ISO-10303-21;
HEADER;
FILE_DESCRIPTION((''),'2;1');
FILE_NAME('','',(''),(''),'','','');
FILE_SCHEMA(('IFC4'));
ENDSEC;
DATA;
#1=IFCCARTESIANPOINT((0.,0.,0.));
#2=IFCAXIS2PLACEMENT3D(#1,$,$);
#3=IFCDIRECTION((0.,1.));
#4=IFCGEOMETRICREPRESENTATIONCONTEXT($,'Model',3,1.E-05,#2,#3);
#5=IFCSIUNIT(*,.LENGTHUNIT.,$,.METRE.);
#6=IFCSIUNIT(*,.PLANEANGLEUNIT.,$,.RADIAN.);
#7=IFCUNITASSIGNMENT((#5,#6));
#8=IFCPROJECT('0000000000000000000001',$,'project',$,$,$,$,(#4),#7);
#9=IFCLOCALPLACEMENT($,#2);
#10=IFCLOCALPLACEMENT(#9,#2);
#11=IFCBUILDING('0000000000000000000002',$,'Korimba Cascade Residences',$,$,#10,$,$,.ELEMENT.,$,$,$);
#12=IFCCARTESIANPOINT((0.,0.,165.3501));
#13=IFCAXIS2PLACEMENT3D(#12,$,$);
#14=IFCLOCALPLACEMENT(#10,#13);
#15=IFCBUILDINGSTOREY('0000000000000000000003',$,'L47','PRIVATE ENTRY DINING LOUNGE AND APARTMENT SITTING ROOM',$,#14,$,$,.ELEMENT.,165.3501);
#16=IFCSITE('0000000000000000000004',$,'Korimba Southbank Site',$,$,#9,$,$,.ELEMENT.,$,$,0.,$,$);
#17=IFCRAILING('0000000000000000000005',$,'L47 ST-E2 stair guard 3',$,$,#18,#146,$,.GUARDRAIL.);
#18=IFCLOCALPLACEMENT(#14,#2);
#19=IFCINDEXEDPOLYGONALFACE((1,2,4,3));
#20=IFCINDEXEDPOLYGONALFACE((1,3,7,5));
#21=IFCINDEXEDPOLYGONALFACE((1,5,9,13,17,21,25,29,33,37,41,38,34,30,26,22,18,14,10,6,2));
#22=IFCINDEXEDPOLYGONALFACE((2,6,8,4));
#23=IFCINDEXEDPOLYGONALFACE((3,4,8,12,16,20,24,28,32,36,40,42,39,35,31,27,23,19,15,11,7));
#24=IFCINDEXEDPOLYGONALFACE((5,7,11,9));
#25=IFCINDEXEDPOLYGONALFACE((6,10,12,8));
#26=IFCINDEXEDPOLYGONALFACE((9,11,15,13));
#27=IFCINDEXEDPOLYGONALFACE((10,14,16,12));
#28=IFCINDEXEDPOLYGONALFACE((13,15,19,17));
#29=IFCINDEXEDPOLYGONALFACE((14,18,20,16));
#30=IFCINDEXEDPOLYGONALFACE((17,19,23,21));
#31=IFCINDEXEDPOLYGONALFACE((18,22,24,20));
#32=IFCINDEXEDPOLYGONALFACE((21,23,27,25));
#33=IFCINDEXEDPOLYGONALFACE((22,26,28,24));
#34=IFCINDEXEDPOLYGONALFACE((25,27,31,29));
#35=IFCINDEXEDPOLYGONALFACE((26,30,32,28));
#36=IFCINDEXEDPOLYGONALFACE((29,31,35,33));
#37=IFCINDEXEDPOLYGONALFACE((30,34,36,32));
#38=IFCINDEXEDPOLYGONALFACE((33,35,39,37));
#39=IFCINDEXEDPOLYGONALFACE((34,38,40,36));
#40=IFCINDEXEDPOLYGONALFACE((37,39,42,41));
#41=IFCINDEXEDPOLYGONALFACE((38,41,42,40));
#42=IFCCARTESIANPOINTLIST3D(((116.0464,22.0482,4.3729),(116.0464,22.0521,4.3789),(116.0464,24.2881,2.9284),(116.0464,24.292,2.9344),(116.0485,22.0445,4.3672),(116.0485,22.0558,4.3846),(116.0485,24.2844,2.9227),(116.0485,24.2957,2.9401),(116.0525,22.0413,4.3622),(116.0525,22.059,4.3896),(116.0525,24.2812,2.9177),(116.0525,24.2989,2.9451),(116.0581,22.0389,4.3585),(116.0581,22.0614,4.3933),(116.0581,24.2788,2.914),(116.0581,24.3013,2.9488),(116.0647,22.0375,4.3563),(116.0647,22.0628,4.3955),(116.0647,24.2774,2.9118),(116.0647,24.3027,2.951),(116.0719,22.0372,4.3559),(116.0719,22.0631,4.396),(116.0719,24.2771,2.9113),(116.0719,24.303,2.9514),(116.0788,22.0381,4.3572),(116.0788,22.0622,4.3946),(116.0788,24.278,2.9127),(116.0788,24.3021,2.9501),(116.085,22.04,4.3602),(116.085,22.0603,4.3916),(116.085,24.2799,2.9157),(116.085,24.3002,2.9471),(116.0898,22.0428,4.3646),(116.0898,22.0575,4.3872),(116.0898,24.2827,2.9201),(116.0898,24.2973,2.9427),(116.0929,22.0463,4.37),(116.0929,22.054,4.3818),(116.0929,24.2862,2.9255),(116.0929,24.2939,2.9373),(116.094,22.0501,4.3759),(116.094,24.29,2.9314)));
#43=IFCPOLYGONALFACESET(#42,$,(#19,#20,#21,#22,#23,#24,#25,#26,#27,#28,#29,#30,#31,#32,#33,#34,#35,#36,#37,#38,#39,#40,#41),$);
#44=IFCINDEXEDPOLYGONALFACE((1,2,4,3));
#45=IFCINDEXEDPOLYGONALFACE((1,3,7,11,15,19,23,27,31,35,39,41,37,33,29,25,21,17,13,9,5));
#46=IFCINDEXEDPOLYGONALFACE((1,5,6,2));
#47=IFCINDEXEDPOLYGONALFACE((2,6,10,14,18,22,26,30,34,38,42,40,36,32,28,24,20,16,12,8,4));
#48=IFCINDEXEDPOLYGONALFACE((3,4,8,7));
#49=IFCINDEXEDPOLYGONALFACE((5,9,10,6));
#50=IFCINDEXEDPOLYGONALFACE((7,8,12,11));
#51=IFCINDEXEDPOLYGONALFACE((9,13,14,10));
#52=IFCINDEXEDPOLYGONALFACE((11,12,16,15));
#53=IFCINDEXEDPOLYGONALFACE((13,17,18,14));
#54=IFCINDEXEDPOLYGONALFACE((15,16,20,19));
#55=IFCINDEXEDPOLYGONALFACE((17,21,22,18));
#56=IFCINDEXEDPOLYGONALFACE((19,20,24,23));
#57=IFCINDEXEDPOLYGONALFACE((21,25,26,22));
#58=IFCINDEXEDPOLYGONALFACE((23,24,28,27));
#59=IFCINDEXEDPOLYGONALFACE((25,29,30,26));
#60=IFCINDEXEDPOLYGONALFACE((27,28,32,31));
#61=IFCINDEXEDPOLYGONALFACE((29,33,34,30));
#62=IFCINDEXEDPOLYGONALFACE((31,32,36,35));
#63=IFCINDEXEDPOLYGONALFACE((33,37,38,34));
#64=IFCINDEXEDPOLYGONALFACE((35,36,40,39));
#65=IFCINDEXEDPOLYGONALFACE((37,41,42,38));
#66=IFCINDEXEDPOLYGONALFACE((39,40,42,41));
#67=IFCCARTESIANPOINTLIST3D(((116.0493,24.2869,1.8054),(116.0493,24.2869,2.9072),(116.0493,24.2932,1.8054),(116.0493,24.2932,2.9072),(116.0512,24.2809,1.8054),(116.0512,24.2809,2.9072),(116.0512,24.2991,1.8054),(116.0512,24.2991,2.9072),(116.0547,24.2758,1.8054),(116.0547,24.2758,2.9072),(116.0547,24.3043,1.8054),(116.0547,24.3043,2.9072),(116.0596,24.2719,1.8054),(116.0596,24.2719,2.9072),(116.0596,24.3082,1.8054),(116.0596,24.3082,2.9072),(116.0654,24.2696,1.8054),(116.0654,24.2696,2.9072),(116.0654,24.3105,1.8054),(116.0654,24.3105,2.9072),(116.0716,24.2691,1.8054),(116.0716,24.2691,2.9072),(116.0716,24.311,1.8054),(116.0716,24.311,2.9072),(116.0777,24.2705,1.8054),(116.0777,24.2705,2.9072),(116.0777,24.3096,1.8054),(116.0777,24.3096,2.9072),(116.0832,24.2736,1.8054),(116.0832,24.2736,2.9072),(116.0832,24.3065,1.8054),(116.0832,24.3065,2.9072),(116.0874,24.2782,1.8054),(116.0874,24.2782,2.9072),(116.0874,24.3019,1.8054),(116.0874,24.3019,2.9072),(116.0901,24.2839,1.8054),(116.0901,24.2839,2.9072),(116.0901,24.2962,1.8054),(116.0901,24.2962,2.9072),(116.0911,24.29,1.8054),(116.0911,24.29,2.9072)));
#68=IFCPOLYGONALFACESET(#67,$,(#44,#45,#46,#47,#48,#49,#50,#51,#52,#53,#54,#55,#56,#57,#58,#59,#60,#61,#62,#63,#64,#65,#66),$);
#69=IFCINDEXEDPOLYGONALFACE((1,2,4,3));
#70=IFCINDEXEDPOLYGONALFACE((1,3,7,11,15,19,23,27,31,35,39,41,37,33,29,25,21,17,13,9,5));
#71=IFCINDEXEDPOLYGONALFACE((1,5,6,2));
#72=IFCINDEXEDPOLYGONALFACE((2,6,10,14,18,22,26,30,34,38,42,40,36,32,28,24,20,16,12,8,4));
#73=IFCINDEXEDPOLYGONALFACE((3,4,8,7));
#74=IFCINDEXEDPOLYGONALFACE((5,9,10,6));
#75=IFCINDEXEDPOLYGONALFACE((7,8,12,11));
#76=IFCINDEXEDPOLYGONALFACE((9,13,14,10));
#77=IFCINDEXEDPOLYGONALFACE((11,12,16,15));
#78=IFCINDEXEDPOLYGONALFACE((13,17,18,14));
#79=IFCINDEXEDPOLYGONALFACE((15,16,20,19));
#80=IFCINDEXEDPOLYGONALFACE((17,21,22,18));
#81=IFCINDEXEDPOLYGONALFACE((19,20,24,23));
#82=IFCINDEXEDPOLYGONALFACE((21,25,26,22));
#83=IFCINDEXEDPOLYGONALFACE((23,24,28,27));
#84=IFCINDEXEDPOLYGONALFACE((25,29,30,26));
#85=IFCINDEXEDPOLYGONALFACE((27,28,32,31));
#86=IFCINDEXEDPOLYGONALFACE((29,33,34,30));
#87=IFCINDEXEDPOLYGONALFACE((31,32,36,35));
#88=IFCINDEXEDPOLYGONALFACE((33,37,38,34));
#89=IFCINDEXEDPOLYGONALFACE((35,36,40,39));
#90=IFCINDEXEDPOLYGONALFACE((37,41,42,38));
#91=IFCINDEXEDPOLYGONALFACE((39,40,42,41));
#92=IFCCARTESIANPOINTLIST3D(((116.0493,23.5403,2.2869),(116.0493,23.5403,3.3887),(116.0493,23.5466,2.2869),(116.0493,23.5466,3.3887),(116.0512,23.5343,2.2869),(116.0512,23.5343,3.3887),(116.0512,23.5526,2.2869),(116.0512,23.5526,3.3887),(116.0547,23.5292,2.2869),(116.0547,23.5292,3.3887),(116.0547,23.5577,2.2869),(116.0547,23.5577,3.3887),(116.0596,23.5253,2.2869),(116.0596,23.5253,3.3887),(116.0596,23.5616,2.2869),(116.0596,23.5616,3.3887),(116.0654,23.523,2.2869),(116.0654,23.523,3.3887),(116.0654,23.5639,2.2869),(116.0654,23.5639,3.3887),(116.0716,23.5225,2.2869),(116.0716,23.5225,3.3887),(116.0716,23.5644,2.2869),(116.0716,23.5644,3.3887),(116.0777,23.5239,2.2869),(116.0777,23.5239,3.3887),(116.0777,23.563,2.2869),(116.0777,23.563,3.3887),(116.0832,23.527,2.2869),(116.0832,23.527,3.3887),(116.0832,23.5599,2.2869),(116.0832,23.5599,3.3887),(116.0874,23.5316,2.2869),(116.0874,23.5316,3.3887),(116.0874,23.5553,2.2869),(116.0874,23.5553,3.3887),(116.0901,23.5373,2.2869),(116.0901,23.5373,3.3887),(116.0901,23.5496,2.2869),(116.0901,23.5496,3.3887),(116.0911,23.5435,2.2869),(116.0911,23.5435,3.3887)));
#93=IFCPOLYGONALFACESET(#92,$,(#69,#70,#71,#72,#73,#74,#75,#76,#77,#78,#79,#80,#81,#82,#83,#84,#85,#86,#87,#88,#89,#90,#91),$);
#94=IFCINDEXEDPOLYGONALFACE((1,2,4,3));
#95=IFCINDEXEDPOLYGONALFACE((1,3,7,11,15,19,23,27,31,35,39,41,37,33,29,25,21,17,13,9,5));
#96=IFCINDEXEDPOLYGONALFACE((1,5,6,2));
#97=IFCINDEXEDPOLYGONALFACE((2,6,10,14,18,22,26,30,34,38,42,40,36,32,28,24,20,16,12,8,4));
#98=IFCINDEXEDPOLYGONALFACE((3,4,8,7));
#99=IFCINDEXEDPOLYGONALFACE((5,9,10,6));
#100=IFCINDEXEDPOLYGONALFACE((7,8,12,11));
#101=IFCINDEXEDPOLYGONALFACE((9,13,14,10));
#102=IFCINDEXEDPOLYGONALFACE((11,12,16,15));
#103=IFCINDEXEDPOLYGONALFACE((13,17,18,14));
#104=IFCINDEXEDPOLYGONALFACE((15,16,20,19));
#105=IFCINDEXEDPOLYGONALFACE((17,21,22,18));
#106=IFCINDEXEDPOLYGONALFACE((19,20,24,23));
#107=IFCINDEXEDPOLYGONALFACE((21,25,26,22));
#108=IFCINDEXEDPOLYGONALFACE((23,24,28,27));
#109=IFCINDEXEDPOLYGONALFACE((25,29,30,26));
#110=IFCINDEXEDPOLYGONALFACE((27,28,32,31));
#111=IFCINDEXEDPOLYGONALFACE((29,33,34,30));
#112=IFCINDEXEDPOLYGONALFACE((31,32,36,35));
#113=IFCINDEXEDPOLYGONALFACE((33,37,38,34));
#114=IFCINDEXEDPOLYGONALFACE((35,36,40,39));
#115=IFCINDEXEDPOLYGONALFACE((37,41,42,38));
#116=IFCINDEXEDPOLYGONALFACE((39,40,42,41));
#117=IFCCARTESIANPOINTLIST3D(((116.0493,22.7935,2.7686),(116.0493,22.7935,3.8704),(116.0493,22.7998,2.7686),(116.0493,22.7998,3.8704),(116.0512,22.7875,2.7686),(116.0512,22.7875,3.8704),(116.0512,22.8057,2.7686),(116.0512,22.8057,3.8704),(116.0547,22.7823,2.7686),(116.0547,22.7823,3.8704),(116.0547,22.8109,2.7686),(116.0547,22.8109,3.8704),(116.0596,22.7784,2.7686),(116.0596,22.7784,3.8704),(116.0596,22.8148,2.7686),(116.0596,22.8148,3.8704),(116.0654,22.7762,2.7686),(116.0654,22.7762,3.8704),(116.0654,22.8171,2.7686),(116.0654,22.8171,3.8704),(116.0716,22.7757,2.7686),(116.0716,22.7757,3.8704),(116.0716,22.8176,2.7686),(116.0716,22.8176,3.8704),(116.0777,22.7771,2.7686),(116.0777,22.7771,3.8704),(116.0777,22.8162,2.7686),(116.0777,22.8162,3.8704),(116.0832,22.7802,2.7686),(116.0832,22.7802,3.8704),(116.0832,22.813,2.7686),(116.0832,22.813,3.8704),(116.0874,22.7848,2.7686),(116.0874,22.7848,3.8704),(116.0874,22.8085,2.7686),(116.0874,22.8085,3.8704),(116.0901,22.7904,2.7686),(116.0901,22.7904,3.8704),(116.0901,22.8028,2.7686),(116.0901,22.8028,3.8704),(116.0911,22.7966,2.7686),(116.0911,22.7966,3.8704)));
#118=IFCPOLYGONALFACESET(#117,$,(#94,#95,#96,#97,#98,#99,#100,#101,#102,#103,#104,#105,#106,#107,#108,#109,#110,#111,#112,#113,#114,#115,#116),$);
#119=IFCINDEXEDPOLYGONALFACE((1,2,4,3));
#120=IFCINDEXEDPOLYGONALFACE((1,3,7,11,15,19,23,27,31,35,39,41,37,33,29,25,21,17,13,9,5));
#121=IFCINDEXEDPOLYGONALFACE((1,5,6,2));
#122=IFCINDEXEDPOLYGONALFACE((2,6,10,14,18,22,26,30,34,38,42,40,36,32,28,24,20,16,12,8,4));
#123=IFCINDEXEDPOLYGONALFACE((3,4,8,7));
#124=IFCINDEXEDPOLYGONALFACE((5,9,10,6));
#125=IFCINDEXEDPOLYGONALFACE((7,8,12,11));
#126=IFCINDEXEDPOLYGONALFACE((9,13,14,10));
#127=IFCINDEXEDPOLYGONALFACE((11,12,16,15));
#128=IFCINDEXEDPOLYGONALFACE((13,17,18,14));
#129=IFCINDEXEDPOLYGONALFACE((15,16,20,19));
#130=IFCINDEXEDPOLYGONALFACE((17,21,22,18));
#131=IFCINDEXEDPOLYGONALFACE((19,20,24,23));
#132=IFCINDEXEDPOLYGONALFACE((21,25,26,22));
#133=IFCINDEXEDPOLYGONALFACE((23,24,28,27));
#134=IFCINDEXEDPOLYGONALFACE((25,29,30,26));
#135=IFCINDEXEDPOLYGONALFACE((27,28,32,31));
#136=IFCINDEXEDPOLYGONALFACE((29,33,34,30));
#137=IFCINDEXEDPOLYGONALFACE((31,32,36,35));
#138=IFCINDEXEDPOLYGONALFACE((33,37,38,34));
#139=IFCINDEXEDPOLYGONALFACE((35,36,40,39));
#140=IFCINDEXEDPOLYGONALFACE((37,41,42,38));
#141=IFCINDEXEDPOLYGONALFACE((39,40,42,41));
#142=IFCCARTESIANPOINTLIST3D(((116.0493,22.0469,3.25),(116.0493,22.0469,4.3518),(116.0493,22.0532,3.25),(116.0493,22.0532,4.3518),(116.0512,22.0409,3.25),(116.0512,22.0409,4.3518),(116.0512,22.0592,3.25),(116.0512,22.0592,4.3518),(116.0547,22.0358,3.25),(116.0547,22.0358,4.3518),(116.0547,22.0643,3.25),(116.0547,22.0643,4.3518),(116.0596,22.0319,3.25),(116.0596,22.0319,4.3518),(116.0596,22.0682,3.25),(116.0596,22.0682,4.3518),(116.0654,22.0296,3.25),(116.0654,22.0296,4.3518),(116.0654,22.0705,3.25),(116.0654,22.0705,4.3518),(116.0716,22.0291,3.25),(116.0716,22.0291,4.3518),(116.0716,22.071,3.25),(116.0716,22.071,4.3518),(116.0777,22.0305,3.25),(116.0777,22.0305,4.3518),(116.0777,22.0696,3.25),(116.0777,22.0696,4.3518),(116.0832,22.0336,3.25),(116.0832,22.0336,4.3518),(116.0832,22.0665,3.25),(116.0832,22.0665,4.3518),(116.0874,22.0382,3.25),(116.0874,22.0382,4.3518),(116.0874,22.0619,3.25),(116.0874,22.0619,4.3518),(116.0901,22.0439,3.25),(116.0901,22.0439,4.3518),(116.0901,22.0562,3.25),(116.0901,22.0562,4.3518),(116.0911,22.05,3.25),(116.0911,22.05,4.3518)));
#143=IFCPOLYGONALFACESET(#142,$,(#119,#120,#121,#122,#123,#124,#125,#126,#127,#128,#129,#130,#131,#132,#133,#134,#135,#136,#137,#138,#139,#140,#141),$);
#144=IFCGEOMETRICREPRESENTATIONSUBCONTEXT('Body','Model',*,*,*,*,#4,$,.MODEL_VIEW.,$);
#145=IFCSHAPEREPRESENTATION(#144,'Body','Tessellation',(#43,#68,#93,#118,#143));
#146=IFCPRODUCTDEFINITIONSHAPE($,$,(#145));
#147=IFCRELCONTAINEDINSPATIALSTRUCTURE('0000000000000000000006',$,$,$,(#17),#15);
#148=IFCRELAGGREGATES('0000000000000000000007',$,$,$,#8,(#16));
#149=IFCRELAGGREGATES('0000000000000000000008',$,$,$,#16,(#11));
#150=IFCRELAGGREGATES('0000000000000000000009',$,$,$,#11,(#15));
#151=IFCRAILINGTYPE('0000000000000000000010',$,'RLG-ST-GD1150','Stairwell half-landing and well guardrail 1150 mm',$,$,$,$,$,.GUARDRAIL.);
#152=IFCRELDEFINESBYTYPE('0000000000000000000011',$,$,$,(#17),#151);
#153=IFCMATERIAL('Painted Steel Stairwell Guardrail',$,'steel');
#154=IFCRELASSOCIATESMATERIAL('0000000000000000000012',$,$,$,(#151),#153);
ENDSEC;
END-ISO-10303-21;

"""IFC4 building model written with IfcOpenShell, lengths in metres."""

from ifc_helpers import new_model, si_unit, direction, frame, origin, origin_2d, place, context, subcontext, project, spatial, circle, extrude, material, type_object, element, save


model = new_model("IFC4")

# Units and contexts
model_context = context("Model", 3, precision=1e-05, world=origin(), true_north=direction((0.0, 1.0)))
body_context = subcontext(model_context, "Body", "Model", "MODEL_VIEW")
ifc_project = project(units=[si_unit("LENGTHUNIT", "METRE"), si_unit("PLANEANGLEUNIT", "RADIAN")], contexts=[model_context])

# Site, building, storey
site_placement = place(None, origin())
site = spatial("IfcSite", under=ifc_project, at=site_placement, Name="Korimba Southbank Site", CompositionType="ELEMENT", RefElevation=0.0)
building_placement = place(site_placement, origin())
building = spatial("IfcBuilding", under=site, at=building_placement, Name="Korimba Cascade Residences", CompositionType="ELEMENT")
storey_placement = place(building_placement, frame((0.0, 0.0, 165.3501)))
storey = spatial("IfcBuildingStorey", under=building, at=storey_placement, Name="L47", Description="PRIVATE ENTRY DINING LOUNGE AND APARTMENT SITTING ROOM", CompositionType="ELEMENT", Elevation=165.3501)

# Railing
ifc_material_1 = material(Name="Painted Steel Stairwell Guardrail", Category="steel")
railing_type_1 = type_object("IfcRailingType", Name="RLG-ST-GD1150", Description="Stairwell half-landing and well guardrail 1150 mm", PredefinedType="GUARDRAIL", material=ifc_material_1)
railing_1_placement = place(storey_placement, frame((116.0701, 24.29, 1.8054)))
element("IfcRailing", 1, at=railing_1_placement, inside=storey, type_object=railing_type_1, Name="L47 ST-E2 stair guard 3", PredefinedType="GUARDRAIL", context=body_context, shape_type="SweptSolid", body=[
    extrude(circle(Radius=0.0239, at=origin_2d()), frame((0.0, 0.0, 1.126), z_axis=(0.0, -0.840395, 0.541975), x_axis=(1.0, 0.0, 0.0)), (0.0, 0.0, 1.0), 2.6653),
    extrude(circle(Radius=0.021, at=origin_2d()), origin(), (0.0, 0.0, 1.0), 1.1018),
    extrude(circle(Radius=0.021, at=origin_2d()), frame((0.0, -0.7466, 0.4814)), (0.0, 0.0, 1.0), 1.1018),
    extrude(circle(Radius=0.021, at=origin_2d()), frame((0.0, -1.4934, 0.9631)), (0.0, 0.0, 1.0), 1.1018),
    extrude(circle(Radius=0.021, at=origin_2d()), frame((0.0, -2.24, 1.4446)), (0.0, 0.0, 1.0), 1.1018),
])

save(model, "model.ifc")
